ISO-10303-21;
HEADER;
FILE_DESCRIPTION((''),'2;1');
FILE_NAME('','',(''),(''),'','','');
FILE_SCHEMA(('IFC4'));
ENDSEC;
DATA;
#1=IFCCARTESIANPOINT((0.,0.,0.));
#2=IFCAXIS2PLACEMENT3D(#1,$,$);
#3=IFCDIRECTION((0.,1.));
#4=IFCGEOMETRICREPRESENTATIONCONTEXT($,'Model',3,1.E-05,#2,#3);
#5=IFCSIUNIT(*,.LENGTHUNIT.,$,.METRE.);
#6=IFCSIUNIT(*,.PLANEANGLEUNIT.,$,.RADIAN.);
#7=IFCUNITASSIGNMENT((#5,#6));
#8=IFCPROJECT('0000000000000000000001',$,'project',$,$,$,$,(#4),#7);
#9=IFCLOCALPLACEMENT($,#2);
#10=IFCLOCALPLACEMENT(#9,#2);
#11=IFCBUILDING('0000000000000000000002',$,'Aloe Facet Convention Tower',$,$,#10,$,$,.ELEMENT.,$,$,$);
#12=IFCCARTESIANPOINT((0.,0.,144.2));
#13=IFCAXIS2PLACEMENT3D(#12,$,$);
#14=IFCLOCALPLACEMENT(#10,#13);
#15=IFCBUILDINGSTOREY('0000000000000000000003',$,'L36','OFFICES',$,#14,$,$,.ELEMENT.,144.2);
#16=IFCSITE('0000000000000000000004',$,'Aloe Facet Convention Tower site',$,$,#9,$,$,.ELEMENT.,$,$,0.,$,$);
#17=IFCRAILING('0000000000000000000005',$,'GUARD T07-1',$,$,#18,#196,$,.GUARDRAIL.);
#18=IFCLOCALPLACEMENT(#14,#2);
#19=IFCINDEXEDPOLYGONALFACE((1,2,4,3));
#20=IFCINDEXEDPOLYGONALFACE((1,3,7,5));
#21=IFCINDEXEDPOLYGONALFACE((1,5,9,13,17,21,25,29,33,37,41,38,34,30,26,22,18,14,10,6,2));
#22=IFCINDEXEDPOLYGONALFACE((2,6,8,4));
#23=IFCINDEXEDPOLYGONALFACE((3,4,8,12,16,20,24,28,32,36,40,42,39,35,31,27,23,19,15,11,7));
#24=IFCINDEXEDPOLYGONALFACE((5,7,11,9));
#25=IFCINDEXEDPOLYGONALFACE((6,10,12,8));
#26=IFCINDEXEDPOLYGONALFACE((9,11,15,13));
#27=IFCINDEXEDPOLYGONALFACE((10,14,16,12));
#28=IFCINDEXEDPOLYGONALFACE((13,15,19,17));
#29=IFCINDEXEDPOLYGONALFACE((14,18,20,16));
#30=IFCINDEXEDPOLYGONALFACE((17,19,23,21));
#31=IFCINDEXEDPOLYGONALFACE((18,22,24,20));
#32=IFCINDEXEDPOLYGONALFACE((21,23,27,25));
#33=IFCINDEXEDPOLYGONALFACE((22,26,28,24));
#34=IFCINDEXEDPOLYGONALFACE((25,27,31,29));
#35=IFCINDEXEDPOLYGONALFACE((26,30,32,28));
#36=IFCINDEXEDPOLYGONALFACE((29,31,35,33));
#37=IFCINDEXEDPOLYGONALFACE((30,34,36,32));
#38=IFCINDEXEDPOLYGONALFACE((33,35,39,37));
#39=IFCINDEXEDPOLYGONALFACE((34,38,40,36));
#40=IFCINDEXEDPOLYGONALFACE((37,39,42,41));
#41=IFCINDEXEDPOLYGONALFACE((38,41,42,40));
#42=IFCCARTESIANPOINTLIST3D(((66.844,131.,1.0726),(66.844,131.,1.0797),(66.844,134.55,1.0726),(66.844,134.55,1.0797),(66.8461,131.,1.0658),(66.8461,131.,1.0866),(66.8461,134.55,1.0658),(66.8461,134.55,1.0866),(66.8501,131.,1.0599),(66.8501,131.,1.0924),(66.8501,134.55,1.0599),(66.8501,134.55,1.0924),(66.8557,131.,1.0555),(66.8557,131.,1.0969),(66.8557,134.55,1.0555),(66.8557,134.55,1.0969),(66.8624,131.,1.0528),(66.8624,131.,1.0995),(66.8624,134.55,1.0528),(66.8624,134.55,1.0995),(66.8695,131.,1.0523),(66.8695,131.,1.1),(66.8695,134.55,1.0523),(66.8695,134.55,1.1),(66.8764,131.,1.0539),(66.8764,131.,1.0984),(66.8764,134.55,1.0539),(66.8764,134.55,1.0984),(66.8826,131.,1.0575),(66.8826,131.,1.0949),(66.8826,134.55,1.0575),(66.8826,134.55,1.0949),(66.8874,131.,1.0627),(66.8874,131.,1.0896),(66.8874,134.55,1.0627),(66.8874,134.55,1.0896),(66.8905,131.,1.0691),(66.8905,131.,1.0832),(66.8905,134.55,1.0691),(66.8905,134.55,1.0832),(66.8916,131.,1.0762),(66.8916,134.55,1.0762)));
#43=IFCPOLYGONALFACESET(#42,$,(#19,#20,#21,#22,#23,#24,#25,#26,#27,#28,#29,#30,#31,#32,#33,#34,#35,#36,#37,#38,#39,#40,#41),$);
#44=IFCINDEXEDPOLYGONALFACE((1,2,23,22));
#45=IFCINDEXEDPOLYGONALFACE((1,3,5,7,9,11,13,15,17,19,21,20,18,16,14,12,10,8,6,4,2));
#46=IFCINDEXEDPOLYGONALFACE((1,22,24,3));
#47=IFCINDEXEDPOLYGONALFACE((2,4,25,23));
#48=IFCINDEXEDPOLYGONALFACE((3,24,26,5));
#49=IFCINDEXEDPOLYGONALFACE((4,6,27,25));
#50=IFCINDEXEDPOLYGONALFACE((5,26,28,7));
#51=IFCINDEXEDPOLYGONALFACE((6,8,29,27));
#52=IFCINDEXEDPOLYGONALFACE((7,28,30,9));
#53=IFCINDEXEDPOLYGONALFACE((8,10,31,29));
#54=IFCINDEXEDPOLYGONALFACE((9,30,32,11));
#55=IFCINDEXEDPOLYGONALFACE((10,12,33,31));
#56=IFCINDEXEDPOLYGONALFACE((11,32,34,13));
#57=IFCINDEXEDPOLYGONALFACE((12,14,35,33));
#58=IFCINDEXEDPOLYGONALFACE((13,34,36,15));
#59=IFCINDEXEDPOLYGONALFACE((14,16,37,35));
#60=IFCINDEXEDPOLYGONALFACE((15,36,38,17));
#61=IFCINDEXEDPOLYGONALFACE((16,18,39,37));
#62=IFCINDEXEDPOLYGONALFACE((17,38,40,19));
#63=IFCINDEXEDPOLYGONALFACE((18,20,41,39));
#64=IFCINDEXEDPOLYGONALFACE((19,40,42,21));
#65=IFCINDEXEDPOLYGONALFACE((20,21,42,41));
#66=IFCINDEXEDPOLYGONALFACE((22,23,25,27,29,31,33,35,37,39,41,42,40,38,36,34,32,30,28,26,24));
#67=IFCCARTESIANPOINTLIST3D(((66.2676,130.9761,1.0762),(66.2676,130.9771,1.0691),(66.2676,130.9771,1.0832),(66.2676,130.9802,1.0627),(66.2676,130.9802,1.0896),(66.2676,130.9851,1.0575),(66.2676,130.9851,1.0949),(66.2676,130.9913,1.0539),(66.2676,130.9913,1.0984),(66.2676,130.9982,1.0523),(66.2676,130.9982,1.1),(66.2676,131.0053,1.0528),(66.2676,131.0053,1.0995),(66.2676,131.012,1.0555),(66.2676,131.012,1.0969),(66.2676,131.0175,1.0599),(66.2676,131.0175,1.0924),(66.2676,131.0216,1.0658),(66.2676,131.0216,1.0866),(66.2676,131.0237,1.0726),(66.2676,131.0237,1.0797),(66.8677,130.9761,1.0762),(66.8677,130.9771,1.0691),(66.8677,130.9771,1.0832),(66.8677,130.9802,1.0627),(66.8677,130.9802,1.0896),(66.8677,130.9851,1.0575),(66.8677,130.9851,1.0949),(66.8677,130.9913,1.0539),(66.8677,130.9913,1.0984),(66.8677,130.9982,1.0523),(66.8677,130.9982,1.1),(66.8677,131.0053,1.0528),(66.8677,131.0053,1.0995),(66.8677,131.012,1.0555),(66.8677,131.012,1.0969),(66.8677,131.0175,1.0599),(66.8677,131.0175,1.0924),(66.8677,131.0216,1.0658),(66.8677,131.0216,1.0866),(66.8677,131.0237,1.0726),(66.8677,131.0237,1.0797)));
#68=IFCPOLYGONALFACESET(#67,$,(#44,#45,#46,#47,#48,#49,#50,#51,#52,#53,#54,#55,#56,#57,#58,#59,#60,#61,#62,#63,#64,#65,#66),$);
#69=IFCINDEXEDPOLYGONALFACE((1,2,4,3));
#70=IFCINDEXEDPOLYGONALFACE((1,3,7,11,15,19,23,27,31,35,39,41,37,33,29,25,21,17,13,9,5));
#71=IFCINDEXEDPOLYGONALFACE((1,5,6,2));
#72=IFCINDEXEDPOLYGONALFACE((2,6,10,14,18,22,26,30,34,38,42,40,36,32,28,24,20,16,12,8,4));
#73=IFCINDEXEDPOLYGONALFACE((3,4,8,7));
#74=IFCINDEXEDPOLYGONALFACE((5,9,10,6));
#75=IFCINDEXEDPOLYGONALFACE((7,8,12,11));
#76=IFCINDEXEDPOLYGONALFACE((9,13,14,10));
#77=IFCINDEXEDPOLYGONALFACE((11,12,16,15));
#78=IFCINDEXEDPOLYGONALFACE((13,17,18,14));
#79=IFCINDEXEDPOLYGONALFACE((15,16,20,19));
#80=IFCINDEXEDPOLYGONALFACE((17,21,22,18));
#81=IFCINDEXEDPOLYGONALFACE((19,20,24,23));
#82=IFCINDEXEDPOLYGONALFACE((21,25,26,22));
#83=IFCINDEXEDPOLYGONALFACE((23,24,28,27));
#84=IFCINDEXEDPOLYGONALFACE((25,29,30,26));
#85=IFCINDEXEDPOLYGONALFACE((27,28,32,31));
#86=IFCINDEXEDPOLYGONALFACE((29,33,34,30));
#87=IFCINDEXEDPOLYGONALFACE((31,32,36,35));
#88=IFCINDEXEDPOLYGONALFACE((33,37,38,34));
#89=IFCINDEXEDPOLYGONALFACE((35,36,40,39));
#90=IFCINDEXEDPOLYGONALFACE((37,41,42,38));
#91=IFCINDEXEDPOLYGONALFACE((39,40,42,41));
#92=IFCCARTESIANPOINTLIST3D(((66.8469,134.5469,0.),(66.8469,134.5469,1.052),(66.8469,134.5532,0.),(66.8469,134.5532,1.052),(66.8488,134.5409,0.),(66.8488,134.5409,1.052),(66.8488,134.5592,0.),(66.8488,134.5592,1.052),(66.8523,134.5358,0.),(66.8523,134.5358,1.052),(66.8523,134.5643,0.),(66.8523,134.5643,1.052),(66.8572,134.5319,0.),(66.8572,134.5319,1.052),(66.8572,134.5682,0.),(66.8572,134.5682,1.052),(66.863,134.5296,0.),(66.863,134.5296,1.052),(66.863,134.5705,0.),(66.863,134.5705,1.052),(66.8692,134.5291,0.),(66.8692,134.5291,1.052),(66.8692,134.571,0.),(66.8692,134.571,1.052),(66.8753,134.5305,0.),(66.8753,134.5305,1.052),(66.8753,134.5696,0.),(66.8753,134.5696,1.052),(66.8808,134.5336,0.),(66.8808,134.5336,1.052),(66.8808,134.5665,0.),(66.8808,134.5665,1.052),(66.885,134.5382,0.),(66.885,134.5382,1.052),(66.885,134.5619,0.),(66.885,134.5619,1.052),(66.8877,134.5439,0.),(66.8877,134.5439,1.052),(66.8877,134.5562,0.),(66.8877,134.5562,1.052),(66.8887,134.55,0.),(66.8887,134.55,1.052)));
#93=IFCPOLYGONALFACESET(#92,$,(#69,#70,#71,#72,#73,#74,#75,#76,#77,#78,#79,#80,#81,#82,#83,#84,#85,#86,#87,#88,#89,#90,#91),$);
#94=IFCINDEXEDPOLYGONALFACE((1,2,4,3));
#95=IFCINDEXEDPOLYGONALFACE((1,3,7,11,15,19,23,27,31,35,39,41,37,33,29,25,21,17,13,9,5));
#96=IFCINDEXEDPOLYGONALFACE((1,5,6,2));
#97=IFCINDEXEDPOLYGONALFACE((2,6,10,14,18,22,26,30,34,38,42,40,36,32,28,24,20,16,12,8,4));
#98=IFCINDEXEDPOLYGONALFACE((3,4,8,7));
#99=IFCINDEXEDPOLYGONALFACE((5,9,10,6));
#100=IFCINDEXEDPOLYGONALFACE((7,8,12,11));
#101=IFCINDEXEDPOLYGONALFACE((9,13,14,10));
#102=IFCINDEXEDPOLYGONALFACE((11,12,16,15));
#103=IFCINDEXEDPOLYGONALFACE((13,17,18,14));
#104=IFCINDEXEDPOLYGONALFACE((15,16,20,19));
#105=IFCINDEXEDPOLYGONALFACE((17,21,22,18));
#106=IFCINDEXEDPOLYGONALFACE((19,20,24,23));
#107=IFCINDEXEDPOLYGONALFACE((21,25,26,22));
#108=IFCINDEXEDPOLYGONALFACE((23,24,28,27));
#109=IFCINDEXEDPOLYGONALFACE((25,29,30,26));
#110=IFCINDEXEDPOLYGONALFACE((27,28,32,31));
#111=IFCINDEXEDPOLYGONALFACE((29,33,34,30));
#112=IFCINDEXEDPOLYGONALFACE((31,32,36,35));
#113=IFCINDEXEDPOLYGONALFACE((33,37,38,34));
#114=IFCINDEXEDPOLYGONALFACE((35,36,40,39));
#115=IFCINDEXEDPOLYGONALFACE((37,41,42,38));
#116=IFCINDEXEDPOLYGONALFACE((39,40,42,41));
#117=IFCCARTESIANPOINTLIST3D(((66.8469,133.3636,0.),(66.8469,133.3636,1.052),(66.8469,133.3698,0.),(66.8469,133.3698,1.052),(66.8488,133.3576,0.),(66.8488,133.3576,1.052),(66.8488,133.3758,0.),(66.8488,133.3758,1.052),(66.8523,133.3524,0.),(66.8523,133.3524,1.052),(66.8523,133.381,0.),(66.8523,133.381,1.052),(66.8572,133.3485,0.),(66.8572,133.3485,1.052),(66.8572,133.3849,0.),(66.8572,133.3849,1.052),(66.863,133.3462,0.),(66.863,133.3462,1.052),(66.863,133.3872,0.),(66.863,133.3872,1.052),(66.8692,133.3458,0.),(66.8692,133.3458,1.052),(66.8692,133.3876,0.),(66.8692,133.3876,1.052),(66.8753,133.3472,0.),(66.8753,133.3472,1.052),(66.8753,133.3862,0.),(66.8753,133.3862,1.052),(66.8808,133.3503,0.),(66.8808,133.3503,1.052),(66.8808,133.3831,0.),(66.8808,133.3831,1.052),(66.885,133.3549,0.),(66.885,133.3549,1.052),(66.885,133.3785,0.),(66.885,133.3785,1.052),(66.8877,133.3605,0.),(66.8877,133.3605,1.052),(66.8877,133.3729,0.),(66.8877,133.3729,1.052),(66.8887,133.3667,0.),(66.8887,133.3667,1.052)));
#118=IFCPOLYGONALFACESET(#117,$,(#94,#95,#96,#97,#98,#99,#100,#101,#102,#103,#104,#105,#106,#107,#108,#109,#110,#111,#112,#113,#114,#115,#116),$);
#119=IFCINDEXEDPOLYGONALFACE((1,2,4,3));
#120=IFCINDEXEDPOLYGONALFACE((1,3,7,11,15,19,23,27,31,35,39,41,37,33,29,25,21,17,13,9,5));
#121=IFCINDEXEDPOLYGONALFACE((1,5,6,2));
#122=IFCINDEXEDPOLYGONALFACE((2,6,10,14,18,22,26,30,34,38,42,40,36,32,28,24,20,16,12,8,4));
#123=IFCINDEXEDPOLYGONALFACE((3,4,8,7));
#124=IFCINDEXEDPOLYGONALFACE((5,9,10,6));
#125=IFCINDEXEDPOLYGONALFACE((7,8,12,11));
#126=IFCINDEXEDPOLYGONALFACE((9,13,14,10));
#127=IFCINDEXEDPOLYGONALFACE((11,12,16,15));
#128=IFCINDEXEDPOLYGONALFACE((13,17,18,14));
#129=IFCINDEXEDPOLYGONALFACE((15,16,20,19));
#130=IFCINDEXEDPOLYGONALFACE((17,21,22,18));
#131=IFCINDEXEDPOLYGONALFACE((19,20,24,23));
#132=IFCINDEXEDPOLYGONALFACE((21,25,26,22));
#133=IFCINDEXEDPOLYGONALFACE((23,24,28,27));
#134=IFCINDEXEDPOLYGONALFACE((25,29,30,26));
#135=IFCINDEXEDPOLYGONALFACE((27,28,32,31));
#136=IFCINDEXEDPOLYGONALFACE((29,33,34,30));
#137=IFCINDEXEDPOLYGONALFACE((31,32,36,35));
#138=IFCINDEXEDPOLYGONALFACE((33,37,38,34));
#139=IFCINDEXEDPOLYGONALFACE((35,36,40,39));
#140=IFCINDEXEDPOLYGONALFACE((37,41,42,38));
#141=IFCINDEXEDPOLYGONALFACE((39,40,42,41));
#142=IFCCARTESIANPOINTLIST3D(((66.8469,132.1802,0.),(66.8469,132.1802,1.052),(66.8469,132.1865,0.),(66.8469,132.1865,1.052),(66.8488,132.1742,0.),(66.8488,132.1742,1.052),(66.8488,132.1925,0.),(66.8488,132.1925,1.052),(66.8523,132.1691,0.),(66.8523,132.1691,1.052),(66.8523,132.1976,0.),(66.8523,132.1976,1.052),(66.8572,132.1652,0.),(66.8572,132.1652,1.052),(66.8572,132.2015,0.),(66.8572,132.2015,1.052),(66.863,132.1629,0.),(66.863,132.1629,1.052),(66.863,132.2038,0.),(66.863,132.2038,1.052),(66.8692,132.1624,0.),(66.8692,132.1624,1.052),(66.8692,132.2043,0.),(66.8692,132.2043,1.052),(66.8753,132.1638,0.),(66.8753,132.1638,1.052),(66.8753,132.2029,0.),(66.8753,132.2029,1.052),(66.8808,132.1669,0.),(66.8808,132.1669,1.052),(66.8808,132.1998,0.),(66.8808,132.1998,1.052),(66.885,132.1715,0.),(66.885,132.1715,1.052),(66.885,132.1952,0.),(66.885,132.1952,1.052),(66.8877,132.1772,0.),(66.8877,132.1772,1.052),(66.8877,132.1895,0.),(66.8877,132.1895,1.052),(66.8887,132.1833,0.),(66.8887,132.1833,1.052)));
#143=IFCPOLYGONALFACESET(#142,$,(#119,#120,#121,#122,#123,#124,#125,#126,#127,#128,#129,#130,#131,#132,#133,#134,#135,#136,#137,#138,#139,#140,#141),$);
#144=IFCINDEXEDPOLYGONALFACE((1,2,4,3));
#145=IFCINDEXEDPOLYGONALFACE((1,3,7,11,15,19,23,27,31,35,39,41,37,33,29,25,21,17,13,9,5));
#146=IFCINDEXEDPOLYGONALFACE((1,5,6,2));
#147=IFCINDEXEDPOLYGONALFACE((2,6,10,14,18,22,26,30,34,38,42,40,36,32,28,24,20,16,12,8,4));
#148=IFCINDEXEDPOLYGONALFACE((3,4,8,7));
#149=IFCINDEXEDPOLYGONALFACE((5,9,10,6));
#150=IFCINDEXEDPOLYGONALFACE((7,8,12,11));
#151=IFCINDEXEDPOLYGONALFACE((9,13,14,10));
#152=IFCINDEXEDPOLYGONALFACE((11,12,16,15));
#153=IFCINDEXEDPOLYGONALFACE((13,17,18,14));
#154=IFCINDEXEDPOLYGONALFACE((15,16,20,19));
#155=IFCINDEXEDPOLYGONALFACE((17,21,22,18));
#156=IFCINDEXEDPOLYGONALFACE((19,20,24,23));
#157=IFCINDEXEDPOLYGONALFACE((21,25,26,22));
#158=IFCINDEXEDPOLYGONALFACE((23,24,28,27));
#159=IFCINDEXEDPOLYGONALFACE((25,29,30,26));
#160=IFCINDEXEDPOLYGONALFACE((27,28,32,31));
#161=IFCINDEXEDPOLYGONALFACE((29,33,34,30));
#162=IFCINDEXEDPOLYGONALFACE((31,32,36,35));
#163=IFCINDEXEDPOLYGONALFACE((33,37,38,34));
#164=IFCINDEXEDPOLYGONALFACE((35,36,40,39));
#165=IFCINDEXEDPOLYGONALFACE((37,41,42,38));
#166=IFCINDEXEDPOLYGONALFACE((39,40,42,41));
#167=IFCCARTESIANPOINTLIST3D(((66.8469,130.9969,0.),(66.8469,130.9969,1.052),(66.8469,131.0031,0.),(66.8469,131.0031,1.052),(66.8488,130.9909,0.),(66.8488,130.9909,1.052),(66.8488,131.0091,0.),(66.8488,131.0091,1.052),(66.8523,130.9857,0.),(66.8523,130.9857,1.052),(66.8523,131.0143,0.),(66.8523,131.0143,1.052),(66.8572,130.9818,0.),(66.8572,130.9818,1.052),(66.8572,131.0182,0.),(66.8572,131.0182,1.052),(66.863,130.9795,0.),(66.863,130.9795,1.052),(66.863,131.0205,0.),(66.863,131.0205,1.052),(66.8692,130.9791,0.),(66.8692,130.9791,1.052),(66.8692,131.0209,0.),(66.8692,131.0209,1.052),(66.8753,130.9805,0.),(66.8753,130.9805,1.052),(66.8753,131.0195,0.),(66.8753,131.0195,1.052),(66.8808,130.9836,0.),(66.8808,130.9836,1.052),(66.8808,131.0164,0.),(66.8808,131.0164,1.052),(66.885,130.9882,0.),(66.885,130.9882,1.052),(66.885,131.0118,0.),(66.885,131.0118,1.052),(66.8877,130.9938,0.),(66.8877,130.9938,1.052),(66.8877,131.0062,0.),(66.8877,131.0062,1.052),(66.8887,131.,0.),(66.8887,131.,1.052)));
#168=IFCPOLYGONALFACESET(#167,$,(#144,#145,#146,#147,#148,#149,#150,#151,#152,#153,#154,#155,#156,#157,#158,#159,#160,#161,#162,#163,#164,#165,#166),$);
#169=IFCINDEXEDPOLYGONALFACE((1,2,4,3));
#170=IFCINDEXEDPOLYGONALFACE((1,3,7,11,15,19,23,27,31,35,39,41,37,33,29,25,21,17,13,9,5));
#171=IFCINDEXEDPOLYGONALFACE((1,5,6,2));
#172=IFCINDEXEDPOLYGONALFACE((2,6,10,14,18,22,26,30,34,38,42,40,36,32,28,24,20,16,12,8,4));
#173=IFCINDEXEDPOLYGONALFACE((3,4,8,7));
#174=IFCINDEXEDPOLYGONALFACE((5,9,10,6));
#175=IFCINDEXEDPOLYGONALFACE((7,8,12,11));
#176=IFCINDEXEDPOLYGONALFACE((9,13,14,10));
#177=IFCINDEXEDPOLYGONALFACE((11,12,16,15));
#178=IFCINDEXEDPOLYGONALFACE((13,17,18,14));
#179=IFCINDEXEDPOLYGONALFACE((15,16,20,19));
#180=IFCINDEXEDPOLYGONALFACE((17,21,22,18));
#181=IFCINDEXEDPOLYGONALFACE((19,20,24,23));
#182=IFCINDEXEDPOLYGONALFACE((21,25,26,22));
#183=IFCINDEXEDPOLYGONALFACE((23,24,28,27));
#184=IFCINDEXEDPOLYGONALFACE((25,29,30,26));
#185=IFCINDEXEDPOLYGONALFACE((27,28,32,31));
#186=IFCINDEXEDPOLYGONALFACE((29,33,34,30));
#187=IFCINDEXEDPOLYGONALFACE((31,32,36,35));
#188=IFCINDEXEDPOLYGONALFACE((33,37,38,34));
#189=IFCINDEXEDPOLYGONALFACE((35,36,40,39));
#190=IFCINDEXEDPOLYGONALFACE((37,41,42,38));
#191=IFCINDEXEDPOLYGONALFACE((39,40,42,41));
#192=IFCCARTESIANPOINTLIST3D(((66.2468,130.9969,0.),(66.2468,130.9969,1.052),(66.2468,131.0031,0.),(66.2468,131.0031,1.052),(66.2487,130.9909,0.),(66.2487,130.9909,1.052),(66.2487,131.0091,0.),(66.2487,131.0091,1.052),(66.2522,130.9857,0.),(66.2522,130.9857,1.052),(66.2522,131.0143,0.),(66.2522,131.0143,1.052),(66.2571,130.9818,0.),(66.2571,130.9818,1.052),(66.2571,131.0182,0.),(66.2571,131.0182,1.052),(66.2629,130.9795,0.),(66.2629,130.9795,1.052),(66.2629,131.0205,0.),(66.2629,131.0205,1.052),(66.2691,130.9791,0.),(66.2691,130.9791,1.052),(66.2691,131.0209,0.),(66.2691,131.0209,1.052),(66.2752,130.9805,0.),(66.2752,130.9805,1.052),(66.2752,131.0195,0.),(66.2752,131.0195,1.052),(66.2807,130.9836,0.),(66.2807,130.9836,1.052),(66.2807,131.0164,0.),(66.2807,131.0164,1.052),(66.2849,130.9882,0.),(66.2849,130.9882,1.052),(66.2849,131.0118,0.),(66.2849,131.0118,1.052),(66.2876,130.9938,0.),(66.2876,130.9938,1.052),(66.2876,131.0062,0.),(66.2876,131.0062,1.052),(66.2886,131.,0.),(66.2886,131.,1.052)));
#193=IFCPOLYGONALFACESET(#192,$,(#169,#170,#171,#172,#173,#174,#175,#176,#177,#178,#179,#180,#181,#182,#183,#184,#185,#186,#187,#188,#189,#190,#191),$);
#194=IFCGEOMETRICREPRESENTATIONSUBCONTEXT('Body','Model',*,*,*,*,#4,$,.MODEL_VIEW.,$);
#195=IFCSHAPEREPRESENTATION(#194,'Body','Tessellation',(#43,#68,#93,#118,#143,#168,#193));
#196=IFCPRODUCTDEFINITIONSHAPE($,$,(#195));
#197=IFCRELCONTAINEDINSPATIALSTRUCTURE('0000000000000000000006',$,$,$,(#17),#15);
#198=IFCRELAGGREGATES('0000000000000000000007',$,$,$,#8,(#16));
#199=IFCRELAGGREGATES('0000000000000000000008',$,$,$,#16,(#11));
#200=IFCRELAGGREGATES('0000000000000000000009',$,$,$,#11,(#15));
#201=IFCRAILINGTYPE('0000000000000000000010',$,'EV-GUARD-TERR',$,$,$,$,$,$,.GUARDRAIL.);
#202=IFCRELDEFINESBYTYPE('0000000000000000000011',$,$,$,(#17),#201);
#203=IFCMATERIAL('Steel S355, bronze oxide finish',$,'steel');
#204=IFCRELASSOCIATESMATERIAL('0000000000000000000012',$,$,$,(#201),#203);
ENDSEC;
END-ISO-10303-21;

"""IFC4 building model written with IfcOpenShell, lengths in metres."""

from ifc_helpers import new_model, si_unit, direction, frame, origin, origin_2d, place, context, subcontext, project, spatial, circle, extrude, material, type_object, element, save


model = new_model("IFC4")

# Units and contexts
model_context = context("Model", 3, precision=1e-05, world=origin(), true_north=direction((0.0, 1.0)))
body_context = subcontext(model_context, "Body", "Model", "MODEL_VIEW")
ifc_project = project(units=[si_unit("LENGTHUNIT", "METRE"), si_unit("PLANEANGLEUNIT", "RADIAN")], contexts=[model_context])

# Site, building, storey
site_placement = place(None, origin())
site = spatial("IfcSite", under=ifc_project, at=site_placement, Name="Aloe Facet Convention Tower site", CompositionType="ELEMENT", RefElevation=0.0)
building_placement = place(site_placement, origin())
building = spatial("IfcBuilding", under=site, at=building_placement, Name="Aloe Facet Convention Tower", CompositionType="ELEMENT")
storey_placement = place(building_placement, frame((0.0, 0.0, 144.2)))
storey = spatial("IfcBuildingStorey", under=building, at=storey_placement, Name="L36", Description="OFFICES", CompositionType="ELEMENT", Elevation=144.2)

# Railing
ifc_material_1 = material(Name="Steel S355, bronze oxide finish", Category="steel")
railing_type_1 = type_object("IfcRailingType", Name="EV-GUARD-TERR", PredefinedType="GUARDRAIL", material=ifc_material_1)
railing_1_placement = place(storey_placement, frame((66.8677, 134.55, 0.0)))
element("IfcRailing", 1, at=railing_1_placement, inside=storey, type_object=railing_type_1, Name="GUARD T07-1", PredefinedType="GUARDRAIL", context=body_context, shape_type="SweptSolid", body=[
    extrude(circle(Radius=0.0239, at=origin_2d()), frame((0.0, 0.0, 1.0762), z_axis=(0.0, -1.0, 0.0), x_axis=(1.0, 0.0, 0.0)), (0.0, 0.0, 1.0), 3.55),
    extrude(circle(Radius=0.0239, at=origin_2d()), frame((0.0, -3.55, 1.0762), z_axis=(-1.0, 0.0, 0.0), x_axis=(0.0, -1.0, 0.0)), (0.0, 0.0, 1.0), 0.6001),
    extrude(circle(Radius=0.021, at=origin_2d()), origin(), (0.0, 0.0, 1.0), 1.052),
    extrude(circle(Radius=0.021, at=origin_2d()), frame((0.0, -1.1833, 0.0)), (0.0, 0.0, 1.0), 1.052),
    extrude(circle(Radius=0.021, at=origin_2d()), frame((0.0, -2.3667, 0.0)), (0.0, 0.0, 1.0), 1.052),
    extrude(circle(Radius=0.021, at=origin_2d()), frame((0.0, -3.55, 0.0)), (0.0, 0.0, 1.0), 1.052),
    extrude(circle(Radius=0.021, at=origin_2d()), frame((-0.6001, -3.55, 0.0)), (0.0, 0.0, 1.0), 1.052),
])

save(model, "model.ifc")
